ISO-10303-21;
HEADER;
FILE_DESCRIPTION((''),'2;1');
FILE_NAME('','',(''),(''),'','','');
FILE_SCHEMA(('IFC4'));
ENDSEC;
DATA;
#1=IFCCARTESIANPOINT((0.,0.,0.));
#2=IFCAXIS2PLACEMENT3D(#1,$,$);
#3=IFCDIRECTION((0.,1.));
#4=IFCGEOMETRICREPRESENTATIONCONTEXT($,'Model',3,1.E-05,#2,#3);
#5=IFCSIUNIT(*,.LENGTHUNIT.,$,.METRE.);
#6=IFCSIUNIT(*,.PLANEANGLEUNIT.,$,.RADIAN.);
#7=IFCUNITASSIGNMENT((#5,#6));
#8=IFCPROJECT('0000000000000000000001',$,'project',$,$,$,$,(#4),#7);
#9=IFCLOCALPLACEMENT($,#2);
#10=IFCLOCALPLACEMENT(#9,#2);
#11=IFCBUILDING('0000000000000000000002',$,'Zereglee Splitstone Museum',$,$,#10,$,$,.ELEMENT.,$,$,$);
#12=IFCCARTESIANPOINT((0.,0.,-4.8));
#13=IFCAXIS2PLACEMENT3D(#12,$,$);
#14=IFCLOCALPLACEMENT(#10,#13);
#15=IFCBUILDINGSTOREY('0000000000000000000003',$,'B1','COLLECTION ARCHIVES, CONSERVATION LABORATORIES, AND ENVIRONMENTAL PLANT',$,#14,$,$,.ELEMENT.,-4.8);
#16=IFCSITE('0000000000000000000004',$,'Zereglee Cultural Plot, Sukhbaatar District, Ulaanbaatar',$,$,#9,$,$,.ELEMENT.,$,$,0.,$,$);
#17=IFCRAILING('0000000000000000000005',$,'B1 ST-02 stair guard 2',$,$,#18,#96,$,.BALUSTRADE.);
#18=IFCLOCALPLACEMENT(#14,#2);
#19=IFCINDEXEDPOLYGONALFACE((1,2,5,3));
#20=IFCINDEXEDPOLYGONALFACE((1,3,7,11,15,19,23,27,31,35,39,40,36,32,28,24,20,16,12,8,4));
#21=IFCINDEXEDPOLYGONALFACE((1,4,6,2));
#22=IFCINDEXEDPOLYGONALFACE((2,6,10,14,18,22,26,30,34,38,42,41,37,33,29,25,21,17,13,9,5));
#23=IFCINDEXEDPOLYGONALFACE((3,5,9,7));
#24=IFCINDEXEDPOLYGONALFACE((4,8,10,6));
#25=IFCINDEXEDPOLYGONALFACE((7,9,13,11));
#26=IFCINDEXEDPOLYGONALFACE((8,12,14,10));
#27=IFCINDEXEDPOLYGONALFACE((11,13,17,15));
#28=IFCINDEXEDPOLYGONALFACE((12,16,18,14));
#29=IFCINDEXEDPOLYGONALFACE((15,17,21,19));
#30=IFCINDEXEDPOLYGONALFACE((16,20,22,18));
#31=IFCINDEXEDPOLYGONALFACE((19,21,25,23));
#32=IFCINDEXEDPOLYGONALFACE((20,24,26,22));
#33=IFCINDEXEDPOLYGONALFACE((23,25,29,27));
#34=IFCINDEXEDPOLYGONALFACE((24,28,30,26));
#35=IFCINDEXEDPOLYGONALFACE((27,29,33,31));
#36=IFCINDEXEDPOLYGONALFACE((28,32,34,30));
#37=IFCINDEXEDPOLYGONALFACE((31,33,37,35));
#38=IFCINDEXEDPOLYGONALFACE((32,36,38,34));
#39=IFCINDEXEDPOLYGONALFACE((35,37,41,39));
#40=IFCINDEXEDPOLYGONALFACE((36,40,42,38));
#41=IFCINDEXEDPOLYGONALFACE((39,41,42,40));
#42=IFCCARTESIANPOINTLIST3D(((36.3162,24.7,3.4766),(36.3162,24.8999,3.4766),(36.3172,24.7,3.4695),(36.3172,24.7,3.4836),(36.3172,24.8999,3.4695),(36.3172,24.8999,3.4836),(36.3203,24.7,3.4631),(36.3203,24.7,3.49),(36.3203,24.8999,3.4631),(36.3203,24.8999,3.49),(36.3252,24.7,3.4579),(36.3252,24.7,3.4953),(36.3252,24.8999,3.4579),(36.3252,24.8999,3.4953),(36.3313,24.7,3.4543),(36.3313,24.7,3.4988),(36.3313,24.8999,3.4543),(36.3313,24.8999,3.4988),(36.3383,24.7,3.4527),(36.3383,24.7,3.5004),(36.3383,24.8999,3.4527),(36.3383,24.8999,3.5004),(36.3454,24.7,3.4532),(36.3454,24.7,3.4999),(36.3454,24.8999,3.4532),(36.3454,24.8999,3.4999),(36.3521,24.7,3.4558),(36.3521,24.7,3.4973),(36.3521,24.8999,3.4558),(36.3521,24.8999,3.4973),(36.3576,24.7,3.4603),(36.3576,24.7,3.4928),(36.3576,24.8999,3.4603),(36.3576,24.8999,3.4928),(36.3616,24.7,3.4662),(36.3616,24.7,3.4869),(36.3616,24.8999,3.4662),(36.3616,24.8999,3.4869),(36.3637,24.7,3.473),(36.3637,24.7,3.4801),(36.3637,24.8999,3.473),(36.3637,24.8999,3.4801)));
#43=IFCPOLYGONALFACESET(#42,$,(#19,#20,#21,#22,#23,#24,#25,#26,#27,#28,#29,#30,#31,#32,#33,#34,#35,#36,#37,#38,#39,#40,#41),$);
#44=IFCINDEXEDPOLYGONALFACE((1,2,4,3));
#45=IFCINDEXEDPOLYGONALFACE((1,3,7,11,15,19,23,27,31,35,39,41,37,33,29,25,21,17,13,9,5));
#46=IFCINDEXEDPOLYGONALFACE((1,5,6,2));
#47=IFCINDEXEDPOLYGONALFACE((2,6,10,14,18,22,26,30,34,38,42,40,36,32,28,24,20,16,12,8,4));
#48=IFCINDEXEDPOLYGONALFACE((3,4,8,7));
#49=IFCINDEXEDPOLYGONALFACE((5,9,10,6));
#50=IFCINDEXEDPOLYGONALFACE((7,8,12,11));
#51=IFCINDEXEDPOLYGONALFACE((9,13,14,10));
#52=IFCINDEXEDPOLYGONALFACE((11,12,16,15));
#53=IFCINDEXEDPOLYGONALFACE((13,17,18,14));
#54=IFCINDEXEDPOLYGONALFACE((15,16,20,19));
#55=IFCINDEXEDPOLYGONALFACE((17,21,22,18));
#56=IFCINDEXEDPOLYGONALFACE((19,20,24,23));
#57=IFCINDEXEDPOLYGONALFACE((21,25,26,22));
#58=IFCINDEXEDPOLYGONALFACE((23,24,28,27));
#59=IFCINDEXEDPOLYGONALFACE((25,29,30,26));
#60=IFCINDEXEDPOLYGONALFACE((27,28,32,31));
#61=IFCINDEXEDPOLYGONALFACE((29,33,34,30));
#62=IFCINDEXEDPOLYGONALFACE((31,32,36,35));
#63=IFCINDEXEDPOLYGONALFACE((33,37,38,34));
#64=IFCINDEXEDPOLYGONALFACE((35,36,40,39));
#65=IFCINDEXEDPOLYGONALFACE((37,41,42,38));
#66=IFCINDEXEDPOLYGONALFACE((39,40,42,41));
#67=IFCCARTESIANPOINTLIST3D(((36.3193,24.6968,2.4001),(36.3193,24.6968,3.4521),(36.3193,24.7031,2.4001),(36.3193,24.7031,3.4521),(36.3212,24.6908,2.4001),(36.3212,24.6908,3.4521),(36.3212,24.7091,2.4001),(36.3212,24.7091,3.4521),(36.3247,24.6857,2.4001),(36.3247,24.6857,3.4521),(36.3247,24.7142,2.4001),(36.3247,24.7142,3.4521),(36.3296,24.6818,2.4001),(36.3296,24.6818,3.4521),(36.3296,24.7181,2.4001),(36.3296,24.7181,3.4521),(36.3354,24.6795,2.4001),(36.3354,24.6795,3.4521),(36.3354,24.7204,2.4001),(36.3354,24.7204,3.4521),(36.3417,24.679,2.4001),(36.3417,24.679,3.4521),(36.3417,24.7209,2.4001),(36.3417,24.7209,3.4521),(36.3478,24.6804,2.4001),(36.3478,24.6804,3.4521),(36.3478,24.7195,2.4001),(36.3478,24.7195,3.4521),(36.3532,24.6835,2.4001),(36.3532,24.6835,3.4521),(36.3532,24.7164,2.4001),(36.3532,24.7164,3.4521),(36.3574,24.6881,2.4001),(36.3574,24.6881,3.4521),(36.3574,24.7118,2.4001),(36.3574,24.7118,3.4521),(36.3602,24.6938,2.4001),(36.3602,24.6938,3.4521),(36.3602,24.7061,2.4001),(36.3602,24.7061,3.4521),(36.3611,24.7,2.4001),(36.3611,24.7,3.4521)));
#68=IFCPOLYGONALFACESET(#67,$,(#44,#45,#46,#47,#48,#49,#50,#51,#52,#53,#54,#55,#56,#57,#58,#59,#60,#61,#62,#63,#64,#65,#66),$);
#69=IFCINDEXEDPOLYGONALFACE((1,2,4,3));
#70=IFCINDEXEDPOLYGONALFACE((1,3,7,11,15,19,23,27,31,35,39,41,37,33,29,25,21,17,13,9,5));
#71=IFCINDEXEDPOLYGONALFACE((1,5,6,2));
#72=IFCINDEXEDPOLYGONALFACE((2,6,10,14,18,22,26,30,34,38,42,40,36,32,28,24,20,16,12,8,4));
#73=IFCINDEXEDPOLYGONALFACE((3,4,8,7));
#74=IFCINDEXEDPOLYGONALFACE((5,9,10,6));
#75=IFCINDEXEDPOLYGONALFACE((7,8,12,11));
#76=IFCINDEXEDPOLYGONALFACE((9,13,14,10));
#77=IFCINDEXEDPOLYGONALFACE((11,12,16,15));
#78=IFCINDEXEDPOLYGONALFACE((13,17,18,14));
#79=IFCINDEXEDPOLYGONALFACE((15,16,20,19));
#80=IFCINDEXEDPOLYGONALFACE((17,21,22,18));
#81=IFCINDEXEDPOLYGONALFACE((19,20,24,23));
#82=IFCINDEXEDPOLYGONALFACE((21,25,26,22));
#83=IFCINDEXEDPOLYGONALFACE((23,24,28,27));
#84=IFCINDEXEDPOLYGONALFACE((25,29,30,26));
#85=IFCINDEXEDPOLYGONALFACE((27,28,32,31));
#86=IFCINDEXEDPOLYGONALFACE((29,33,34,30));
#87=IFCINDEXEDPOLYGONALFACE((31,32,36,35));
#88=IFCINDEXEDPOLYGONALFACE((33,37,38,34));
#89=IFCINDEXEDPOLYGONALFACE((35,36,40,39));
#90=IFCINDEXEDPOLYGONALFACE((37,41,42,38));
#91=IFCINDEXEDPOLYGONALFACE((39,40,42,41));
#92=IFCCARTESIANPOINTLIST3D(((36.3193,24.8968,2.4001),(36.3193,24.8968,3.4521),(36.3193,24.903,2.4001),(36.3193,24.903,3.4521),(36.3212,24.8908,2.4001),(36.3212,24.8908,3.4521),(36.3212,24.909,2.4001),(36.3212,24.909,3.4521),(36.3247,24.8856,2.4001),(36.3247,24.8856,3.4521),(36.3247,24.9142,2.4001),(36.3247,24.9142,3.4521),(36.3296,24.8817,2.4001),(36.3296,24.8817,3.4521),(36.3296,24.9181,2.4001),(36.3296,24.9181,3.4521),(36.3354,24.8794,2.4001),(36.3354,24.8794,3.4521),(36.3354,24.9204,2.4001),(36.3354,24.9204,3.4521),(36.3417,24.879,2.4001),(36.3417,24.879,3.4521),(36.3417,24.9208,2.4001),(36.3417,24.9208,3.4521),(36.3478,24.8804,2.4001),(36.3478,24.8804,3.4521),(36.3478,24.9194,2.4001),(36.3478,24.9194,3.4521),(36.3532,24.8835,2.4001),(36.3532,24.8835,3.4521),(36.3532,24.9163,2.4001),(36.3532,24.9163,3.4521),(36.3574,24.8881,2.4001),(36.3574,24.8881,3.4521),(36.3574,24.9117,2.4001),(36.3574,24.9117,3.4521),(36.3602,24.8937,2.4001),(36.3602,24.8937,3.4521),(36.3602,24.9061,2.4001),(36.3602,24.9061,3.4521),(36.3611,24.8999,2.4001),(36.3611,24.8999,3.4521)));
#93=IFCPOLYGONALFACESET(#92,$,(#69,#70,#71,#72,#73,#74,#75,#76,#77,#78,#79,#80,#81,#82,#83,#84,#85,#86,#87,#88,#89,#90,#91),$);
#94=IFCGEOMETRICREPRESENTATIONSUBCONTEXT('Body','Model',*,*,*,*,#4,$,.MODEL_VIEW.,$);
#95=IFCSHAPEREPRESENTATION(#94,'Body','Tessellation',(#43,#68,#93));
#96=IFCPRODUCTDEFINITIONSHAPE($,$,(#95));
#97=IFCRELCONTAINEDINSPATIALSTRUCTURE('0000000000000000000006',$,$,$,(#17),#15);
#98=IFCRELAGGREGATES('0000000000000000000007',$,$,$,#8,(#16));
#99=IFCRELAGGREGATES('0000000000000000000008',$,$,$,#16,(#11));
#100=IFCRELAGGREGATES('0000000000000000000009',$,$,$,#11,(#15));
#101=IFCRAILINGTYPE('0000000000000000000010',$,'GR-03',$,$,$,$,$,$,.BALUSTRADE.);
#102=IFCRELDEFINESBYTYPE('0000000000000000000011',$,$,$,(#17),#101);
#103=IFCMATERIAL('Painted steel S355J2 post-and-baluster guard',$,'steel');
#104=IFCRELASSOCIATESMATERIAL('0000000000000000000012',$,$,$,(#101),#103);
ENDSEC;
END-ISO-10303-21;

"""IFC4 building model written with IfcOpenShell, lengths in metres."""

from ifc_helpers import new_model, si_unit, direction, frame, origin, origin_2d, place, context, subcontext, project, spatial, circle, extrude, material, type_object, element, save


model = new_model("IFC4")

# Units and contexts
model_context = context("Model", 3, precision=1e-05, world=origin(), true_north=direction((0.0, 1.0)))
body_context = subcontext(model_context, "Body", "Model", "MODEL_VIEW")
ifc_project = project(units=[si_unit("LENGTHUNIT", "METRE"), si_unit("PLANEANGLEUNIT", "RADIAN")], contexts=[model_context])

# Site, building, storey
site_placement = place(None, origin())
site = spatial("IfcSite", under=ifc_project, at=site_placement, Name="Zereglee Cultural Plot, Sukhbaatar District, Ulaanbaatar", CompositionType="ELEMENT", RefElevation=0.0)
building_placement = place(site_placement, origin())
building = spatial("IfcBuilding", under=site, at=building_placement, Name="Zereglee Splitstone Museum", CompositionType="ELEMENT")
storey_placement = place(building_placement, frame((0.0, 0.0, -4.8)))
storey = spatial("IfcBuildingStorey", under=building, at=storey_placement, Name="B1", Description="COLLECTION ARCHIVES, CONSERVATION LABORATORIES, AND ENVIRONMENTAL PLANT", CompositionType="ELEMENT", Elevation=-4.8)

# Railing
ifc_material_1 = material(Name="Painted steel S355J2 post-and-baluster guard", Category="steel")
railing_type_1 = type_object("IfcRailingType", Name="GR-03", PredefinedType="BALUSTRADE", material=ifc_material_1)
railing_1_placement = place(storey_placement, frame((36.3401, 24.7, 2.4001)))
element("IfcRailing", 1, at=railing_1_placement, inside=storey, type_object=railing_type_1, Name="B1 ST-02 stair guard 2", PredefinedType="BALUSTRADE", context=body_context, shape_type="SweptSolid", body=[
    extrude(circle(Radius=0.0239, at=origin_2d()), frame((0.0, 0.0, 1.0764), z_axis=(0.0, 1.0, 0.0), x_axis=(-1.0, 0.0, 0.0)), (0.0, 0.0, 1.0), 0.2),
    extrude(circle(Radius=0.021, at=origin_2d()), origin(), (0.0, 0.0, 1.0), 1.052),
    extrude(circle(Radius=0.021, at=origin_2d()), frame((0.0, 0.2, 0.0)), (0.0, 0.0, 1.0), 1.052),
])

save(model, "model.ifc")
